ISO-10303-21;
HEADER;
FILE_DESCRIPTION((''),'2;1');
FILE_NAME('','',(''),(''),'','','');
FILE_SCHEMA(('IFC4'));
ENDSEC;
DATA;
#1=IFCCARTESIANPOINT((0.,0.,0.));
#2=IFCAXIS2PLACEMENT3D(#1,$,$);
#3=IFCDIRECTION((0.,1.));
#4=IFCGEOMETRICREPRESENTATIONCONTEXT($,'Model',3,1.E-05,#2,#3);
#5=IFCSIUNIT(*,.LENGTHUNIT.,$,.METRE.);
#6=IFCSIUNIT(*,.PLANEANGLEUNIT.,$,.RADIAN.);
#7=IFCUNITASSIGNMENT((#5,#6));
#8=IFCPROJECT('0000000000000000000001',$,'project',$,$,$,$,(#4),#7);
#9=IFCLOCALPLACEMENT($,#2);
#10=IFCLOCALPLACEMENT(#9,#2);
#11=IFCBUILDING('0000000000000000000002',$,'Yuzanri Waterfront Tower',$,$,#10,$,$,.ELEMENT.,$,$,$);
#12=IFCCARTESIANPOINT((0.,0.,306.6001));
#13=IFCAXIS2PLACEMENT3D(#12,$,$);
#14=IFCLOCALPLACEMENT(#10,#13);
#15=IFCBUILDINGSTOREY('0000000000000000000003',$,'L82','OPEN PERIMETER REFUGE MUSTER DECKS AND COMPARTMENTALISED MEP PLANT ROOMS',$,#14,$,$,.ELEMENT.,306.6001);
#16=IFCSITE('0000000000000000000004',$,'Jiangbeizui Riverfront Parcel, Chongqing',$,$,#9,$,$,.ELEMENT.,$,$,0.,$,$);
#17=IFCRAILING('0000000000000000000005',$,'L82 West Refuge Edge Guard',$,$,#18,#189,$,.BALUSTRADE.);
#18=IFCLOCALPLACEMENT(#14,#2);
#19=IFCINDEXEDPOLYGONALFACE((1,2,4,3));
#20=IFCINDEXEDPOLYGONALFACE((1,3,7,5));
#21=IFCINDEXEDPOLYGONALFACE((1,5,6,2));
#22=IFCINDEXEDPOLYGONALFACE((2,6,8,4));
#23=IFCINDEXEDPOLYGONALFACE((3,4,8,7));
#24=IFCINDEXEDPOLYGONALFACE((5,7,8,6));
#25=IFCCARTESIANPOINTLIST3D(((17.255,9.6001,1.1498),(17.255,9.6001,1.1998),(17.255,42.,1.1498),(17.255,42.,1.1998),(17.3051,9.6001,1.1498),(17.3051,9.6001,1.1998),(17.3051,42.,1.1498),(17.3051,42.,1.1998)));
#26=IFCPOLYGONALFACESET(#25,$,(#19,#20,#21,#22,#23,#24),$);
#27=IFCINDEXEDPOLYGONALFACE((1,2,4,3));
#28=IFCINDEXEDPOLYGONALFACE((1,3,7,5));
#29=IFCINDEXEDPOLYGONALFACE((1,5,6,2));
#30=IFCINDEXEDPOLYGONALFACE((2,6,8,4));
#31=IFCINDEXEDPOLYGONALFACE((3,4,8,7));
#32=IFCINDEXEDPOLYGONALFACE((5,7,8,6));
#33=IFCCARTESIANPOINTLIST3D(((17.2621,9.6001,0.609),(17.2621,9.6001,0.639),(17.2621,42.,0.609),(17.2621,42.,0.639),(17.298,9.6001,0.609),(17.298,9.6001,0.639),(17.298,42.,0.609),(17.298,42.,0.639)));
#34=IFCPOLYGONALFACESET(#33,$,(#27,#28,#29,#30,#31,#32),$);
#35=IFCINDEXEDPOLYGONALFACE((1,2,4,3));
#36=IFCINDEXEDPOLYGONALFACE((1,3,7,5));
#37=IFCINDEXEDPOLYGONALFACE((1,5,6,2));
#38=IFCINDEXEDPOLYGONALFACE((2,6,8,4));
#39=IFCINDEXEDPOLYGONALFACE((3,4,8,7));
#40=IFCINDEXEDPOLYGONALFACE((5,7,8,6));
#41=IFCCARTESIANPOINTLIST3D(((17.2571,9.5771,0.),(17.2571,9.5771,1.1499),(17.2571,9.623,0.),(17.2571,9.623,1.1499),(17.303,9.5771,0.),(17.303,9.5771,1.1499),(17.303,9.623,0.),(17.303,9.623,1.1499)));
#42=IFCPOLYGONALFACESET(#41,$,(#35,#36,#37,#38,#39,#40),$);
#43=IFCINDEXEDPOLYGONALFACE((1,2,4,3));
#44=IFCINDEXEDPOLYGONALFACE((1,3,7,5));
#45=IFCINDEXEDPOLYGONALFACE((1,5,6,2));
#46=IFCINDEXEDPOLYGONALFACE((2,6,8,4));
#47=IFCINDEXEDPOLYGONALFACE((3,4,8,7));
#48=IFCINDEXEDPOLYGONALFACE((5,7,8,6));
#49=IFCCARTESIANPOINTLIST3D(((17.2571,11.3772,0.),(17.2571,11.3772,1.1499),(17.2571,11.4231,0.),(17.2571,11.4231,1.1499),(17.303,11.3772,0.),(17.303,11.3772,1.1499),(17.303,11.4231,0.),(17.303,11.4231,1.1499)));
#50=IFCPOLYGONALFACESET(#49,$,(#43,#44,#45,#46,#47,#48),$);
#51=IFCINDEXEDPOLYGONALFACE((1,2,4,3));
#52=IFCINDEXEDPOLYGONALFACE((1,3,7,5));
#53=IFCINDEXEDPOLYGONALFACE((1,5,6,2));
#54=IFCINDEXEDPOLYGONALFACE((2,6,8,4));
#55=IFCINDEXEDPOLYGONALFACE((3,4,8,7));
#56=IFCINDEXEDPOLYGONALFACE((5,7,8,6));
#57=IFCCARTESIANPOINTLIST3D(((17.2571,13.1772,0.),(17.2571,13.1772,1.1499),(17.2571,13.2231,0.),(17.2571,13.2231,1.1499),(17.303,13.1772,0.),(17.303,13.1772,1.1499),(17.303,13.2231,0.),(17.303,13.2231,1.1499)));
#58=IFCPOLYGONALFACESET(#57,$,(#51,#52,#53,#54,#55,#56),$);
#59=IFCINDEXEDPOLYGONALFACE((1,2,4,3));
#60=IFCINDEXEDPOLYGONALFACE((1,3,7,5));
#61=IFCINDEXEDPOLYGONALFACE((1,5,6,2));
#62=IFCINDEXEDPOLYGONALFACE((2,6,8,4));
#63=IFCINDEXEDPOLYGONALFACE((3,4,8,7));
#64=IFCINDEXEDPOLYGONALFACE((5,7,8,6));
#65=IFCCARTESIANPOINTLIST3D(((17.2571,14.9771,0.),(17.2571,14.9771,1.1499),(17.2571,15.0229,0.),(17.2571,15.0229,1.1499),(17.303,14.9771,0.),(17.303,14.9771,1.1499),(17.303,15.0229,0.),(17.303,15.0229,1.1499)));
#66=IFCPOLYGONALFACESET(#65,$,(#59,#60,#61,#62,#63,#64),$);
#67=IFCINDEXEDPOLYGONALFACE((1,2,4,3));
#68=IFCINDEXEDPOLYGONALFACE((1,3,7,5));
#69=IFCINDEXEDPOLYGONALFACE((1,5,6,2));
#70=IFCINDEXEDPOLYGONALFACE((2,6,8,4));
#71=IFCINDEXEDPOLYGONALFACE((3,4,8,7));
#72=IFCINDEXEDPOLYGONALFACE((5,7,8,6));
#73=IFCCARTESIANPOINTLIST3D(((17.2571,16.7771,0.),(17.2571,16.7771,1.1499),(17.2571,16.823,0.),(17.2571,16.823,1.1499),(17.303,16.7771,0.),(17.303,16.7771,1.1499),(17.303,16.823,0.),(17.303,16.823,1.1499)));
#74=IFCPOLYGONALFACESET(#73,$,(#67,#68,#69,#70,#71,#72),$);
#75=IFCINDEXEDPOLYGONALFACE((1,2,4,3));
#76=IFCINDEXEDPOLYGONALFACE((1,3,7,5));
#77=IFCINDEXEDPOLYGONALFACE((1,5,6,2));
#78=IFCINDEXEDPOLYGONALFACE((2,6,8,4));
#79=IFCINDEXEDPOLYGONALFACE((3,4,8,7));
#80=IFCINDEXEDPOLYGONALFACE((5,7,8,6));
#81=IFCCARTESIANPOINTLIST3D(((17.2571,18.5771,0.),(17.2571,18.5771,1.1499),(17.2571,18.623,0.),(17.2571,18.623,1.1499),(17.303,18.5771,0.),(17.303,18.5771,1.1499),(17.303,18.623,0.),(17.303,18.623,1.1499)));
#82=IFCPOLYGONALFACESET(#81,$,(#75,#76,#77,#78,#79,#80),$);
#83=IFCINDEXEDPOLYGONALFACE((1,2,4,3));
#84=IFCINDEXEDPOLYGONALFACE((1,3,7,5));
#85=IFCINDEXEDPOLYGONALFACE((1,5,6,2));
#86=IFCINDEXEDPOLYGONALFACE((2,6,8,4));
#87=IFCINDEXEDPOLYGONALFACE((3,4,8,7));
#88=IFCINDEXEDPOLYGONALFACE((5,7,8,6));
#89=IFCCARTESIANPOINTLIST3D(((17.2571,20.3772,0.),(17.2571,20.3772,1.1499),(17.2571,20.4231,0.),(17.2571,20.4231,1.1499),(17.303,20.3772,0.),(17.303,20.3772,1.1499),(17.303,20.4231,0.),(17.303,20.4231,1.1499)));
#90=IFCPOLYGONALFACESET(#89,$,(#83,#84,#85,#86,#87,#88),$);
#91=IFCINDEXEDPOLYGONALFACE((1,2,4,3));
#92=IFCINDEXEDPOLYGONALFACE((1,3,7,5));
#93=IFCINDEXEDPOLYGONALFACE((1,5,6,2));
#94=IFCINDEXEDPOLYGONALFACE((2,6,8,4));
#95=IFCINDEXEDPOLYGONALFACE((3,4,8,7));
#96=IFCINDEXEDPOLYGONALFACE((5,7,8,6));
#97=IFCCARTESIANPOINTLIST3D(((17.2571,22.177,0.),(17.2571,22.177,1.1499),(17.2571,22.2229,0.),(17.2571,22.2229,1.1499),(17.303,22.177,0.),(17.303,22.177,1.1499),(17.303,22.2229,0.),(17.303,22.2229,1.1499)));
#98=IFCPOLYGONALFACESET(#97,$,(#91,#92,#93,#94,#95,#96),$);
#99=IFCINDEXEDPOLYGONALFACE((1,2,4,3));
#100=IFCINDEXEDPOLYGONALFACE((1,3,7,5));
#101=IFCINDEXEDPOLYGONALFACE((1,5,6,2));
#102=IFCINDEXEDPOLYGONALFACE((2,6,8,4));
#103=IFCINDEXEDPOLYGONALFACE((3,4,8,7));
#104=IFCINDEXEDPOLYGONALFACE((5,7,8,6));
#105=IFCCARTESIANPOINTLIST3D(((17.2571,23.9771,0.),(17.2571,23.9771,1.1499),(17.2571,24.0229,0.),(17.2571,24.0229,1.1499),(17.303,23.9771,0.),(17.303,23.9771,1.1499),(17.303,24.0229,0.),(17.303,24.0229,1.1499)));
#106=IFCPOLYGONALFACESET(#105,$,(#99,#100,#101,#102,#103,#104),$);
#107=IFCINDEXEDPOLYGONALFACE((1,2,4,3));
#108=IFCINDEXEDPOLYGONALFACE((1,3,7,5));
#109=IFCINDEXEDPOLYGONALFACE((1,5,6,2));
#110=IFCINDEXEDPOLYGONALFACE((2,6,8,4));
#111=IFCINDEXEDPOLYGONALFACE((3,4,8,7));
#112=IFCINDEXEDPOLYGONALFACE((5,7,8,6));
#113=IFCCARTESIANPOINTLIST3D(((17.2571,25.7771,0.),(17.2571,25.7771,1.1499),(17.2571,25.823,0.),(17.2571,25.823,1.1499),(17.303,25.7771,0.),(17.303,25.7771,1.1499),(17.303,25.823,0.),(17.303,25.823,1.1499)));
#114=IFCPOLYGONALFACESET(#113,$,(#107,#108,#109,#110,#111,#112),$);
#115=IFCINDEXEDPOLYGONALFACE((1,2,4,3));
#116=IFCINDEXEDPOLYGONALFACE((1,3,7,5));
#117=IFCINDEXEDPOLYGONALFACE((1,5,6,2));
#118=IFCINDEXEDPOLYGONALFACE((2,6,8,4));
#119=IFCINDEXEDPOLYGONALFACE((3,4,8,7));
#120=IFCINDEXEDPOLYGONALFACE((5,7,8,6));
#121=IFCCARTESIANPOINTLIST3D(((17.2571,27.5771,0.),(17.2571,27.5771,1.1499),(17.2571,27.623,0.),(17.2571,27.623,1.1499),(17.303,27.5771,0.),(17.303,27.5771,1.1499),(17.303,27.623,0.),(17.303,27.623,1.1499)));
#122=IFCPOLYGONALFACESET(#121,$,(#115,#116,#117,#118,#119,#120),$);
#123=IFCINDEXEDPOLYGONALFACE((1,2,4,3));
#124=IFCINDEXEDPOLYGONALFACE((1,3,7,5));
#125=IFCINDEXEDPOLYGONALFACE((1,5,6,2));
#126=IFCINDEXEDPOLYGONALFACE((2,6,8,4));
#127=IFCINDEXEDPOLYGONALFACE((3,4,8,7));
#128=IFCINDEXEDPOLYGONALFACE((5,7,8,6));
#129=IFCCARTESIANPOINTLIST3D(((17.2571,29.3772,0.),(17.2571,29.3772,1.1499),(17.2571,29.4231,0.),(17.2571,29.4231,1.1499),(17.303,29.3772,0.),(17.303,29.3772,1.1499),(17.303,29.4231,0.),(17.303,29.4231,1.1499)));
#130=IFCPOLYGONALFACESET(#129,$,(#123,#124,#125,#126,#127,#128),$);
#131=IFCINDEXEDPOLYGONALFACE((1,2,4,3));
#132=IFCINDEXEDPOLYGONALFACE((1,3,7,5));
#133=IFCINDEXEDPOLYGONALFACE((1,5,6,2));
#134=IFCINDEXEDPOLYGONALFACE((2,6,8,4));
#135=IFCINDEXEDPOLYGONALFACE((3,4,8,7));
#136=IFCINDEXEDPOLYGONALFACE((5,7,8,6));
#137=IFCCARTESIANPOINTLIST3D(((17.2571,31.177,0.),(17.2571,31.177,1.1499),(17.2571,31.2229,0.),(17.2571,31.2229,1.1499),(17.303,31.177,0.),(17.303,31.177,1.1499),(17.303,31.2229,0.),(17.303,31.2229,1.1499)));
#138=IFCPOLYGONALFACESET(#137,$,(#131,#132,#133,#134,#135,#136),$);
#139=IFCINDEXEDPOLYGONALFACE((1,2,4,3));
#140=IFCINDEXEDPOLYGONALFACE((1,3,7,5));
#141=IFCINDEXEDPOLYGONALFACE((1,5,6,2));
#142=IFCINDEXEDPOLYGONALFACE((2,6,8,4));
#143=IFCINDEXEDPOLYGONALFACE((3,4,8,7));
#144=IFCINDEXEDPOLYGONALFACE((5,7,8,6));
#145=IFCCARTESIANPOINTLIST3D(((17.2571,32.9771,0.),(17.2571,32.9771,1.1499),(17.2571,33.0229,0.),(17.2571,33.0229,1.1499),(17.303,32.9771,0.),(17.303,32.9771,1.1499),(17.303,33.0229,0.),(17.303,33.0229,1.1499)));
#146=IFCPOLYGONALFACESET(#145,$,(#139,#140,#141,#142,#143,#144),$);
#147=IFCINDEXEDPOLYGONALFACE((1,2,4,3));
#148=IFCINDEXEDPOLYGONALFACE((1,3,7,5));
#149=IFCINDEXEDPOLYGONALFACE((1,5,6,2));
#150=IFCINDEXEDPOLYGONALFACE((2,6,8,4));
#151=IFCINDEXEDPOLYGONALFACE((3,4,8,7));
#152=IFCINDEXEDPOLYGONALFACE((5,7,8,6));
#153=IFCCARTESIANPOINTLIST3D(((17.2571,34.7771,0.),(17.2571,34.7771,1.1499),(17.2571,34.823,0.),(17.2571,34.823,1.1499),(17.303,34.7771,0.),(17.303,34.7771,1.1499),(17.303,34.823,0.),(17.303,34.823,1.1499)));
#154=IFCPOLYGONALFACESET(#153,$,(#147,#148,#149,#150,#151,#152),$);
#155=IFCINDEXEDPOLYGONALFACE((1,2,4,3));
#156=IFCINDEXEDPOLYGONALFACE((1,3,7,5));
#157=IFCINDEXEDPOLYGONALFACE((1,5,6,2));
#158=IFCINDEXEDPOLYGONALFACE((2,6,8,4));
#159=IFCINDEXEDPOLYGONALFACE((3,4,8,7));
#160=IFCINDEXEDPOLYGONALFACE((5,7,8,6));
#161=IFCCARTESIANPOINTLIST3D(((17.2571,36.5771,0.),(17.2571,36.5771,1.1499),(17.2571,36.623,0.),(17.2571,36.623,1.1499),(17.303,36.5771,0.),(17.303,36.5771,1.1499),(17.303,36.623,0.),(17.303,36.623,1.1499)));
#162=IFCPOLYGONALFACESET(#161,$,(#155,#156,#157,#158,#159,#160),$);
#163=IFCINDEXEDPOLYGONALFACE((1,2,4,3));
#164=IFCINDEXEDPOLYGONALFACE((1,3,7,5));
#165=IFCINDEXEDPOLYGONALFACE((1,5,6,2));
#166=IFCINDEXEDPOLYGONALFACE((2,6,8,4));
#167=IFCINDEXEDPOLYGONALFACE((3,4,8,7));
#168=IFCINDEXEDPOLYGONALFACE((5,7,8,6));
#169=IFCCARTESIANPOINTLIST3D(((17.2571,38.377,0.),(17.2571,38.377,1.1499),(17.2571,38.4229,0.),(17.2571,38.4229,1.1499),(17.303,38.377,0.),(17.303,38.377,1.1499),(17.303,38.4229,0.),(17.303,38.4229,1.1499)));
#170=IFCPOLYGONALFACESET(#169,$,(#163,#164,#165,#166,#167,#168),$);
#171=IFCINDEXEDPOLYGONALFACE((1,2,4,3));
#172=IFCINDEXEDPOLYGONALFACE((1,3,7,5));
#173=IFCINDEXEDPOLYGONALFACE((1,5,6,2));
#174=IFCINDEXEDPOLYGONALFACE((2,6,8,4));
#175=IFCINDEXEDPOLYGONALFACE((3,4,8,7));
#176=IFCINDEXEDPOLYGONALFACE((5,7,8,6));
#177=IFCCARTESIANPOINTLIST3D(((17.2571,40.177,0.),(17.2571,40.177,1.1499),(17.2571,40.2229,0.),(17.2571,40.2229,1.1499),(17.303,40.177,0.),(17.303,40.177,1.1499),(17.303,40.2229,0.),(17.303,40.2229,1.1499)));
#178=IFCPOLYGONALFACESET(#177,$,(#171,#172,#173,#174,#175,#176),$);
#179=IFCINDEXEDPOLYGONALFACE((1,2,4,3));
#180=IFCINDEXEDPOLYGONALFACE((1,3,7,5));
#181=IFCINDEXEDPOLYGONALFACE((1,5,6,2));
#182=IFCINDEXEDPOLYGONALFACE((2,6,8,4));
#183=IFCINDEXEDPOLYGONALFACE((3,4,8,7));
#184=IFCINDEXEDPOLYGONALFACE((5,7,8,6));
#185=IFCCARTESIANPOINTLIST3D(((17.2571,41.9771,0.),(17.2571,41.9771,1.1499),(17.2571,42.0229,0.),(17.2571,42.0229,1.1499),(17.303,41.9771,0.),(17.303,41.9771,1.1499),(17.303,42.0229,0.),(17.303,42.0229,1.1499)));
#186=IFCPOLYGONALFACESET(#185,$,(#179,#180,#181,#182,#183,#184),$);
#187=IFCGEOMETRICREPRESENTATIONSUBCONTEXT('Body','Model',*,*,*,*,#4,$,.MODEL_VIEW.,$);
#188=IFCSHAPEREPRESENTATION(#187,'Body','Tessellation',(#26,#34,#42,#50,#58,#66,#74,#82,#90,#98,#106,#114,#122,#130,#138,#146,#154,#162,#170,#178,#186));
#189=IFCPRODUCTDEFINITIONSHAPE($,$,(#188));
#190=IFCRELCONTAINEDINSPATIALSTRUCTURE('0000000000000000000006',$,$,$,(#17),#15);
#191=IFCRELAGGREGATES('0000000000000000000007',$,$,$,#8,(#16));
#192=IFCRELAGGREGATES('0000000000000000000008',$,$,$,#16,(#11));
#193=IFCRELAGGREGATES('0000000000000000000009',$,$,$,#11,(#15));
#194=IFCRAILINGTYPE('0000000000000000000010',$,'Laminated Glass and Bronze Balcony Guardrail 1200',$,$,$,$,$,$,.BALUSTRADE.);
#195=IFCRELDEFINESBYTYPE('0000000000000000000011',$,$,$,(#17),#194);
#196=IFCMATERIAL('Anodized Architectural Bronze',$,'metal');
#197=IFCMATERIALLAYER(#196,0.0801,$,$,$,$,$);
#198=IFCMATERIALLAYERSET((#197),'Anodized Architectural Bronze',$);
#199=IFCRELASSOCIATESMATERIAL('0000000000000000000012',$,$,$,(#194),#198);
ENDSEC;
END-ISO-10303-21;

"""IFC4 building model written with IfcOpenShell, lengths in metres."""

from ifc_helpers import new_model, si_unit, direction, frame, origin, origin_2d, place, context, subcontext, project, spatial, rectangle, extrude, source, transform, mapped, material, layer, layer_set, type_object, element, save


model = new_model("IFC4")

# Units and contexts
model_context = context("Model", 3, precision=1e-05, world=origin(), true_north=direction((0.0, 1.0)))
body_context = subcontext(model_context, "Body", "Model", "MODEL_VIEW")
ifc_project = project(units=[si_unit("LENGTHUNIT", "METRE"), si_unit("PLANEANGLEUNIT", "RADIAN")], contexts=[model_context])

# Site, building, storey
site_placement = place(None, origin())
site = spatial("IfcSite", under=ifc_project, at=site_placement, Name="Jiangbeizui Riverfront Parcel, Chongqing", CompositionType="ELEMENT", RefElevation=0.0)
building_placement = place(site_placement, origin())
building = spatial("IfcBuilding", under=site, at=building_placement, Name="Yuzanri Waterfront Tower", CompositionType="ELEMENT")
storey_placement = place(building_placement, frame((0.0, 0.0, 306.6001)))
storey = spatial("IfcBuildingStorey", under=building, at=storey_placement, Name="L82", Description="OPEN PERIMETER REFUGE MUSTER DECKS AND COMPARTMENTALISED MEP PLANT ROOMS", CompositionType="ELEMENT", Elevation=306.6001)

# Railing
ifc_material_1 = material(Name="Anodized Architectural Bronze", Category="metal")
ifc_layer_1 = layer(ifc_material_1, 0.0801)
ifc_layer_set_1 = layer_set([ifc_layer_1], Name="Anodized Architectural Bronze")
railing_type = type_object("IfcRailingType", Name="Laminated Glass and Bronze Balcony Guardrail 1200", PredefinedType="BALUSTRADE", material=ifc_layer_set_1)
shared_shape_1 = source(origin(), body_context, "Body", "SweptSolid", [
    extrude(rectangle(XDim=0.05, YDim=0.05, at=origin_2d()), frame((0.0, 0.0, 1.1748), z_axis=(0.0, 1.0, 0.0), x_axis=(-1.0, 0.0, 0.0)), (0.0, 0.0, 1.0), 32.3999),
    extrude(rectangle(XDim=0.0359, YDim=0.03, at=origin_2d()), frame((0.0, 0.0, 0.624), z_axis=(0.0, 1.0, 0.0), x_axis=(-1.0, 0.0, 0.0)), (0.0, 0.0, 1.0), 32.3999),
    extrude(rectangle(XDim=0.0459, YDim=0.0459, at=origin_2d()), origin(), (0.0, 0.0, 1.0), 1.1499),
    extrude(rectangle(XDim=0.0459, YDim=0.0459, at=origin_2d()), frame((0.0, 1.8, 0.0)), (0.0, 0.0, 1.0), 1.1499),
    extrude(rectangle(XDim=0.0459, YDim=0.0459, at=origin_2d()), frame((0.0, 3.6001, 0.0)), (0.0, 0.0, 1.0), 1.1499),
    extrude(rectangle(XDim=0.0459, YDim=0.0459, at=origin_2d()), frame((0.0, 5.3999, 0.0)), (0.0, 0.0, 1.0), 1.1499),
    extrude(rectangle(XDim=0.0459, YDim=0.0459, at=origin_2d()), frame((0.0, 7.2, 0.0)), (0.0, 0.0, 1.0), 1.1499),
    extrude(rectangle(XDim=0.0459, YDim=0.0459, at=origin_2d()), frame((0.0, 9.0, 0.0)), (0.0, 0.0, 1.0), 1.1499),
    extrude(rectangle(XDim=0.0459, YDim=0.0459, at=origin_2d()), frame((0.0, 10.8, 0.0)), (0.0, 0.0, 1.0), 1.1499),
    extrude(rectangle(XDim=0.0459, YDim=0.0459, at=origin_2d()), frame((0.0, 12.5999, 0.0)), (0.0, 0.0, 1.0), 1.1499),
    extrude(rectangle(XDim=0.0459, YDim=0.0459, at=origin_2d()), frame((0.0, 14.3999, 0.0)), (0.0, 0.0, 1.0), 1.1499),
    extrude(rectangle(XDim=0.0459, YDim=0.0459, at=origin_2d()), frame((0.0, 16.2, 0.0)), (0.0, 0.0, 1.0), 1.1499),
    extrude(rectangle(XDim=0.0459, YDim=0.0459, at=origin_2d()), frame((0.0, 18.0, 0.0)), (0.0, 0.0, 1.0), 1.1499),
    extrude(rectangle(XDim=0.0459, YDim=0.0459, at=origin_2d()), frame((0.0, 19.8, 0.0)), (0.0, 0.0, 1.0), 1.1499),
    extrude(rectangle(XDim=0.0459, YDim=0.0459, at=origin_2d()), frame((0.0, 21.5999, 0.0)), (0.0, 0.0, 1.0), 1.1499),
    extrude(rectangle(XDim=0.0459, YDim=0.0459, at=origin_2d()), frame((0.0, 23.3999, 0.0)), (0.0, 0.0, 1.0), 1.1499),
    extrude(rectangle(XDim=0.0459, YDim=0.0459, at=origin_2d()), frame((0.0, 25.2, 0.0)), (0.0, 0.0, 1.0), 1.1499),
    extrude(rectangle(XDim=0.0459, YDim=0.0459, at=origin_2d()), frame((0.0, 27.0, 0.0)), (0.0, 0.0, 1.0), 1.1499),
    extrude(rectangle(XDim=0.0459, YDim=0.0459, at=origin_2d()), frame((0.0, 28.7998, 0.0)), (0.0, 0.0, 1.0), 1.1499),
    extrude(rectangle(XDim=0.0459, YDim=0.0459, at=origin_2d()), frame((0.0, 30.5999, 0.0)), (0.0, 0.0, 1.0), 1.1499),
    extrude(rectangle(XDim=0.0459, YDim=0.0459, at=origin_2d()), frame((0.0, 32.3999, 0.0)), (0.0, 0.0, 1.0), 1.1499),
])
railing_1_placement = place(storey_placement, frame((17.28, 9.6001, 0.0)))
element("IfcRailing", 1, at=railing_1_placement, inside=storey, type_object=railing_type, Name="L82 West Refuge Edge Guard", PredefinedType="BALUSTRADE", context=body_context, shape_type="MappedRepresentation", body=[
    mapped(shared_shape_1, transform((0.0, 0.0, 0.0), scale=1.0)),
])

save(model, "model.ifc")
